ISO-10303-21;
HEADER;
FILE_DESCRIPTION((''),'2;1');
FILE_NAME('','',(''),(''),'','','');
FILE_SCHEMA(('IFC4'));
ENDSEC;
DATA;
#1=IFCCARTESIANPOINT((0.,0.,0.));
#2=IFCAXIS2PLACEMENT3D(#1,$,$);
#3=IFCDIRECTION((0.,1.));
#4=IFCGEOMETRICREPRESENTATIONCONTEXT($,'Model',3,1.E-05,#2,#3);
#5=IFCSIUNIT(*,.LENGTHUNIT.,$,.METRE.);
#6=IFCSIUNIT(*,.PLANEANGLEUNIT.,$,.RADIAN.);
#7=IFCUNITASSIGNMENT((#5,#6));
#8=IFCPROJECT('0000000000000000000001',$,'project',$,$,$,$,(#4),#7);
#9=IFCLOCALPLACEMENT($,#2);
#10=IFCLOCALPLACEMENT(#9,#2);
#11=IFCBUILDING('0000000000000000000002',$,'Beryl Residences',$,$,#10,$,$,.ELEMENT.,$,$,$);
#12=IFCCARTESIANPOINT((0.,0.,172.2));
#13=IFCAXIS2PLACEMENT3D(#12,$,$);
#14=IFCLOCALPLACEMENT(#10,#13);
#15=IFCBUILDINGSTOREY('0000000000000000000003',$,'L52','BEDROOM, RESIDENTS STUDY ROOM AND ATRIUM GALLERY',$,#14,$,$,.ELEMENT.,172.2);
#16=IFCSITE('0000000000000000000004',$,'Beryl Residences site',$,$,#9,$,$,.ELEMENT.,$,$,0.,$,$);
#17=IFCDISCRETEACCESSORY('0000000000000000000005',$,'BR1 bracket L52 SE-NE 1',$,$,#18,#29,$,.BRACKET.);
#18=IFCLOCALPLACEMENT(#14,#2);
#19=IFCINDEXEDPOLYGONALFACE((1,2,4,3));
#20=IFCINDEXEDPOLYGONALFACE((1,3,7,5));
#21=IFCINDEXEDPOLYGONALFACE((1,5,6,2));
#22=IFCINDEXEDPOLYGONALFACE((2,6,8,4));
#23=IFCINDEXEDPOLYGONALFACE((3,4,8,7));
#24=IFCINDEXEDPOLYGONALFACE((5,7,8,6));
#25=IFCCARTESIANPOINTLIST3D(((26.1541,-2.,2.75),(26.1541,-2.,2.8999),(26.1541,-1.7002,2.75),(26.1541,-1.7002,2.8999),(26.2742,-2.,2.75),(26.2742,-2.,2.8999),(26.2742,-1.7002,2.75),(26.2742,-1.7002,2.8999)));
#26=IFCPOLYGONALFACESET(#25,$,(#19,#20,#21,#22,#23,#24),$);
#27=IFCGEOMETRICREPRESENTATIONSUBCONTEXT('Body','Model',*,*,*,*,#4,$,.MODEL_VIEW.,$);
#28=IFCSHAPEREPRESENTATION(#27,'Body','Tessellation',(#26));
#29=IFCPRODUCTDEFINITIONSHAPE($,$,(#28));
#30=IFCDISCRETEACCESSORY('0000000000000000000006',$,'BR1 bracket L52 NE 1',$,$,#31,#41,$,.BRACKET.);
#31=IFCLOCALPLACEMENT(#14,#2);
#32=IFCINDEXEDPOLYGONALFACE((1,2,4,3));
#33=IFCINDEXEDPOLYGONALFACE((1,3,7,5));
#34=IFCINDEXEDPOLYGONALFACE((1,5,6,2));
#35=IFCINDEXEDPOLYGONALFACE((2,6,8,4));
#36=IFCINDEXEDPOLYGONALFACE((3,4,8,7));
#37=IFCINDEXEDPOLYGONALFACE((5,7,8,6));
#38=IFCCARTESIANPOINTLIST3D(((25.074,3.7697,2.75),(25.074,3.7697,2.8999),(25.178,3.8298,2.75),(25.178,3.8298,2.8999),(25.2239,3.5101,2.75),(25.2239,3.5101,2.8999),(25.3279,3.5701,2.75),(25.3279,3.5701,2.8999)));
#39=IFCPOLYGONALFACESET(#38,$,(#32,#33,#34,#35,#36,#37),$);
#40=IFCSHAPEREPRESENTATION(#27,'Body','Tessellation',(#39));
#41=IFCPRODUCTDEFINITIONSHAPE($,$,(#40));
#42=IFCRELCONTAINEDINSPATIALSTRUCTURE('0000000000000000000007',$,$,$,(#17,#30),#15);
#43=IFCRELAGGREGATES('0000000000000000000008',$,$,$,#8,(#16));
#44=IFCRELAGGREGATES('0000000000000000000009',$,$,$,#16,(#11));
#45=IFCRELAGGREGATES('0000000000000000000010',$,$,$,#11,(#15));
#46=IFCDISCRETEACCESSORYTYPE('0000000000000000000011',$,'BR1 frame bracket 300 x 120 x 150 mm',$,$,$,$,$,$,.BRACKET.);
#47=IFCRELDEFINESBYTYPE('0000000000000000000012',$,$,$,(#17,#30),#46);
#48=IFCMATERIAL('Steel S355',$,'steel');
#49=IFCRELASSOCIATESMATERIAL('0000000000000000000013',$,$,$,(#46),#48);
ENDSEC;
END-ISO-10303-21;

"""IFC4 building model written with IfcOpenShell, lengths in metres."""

from ifc_helpers import new_model, si_unit, direction, frame, origin, place, context, subcontext, project, spatial, polyline, outline, extrude, source, transform, mapped, material, type_object, type_shapes, element, save


model = new_model("IFC4")

# Units and contexts
model_context = context("Model", 3, precision=1e-05, world=origin(), true_north=direction((0.0, 1.0)))
body_context = subcontext(model_context, "Body", "Model", "MODEL_VIEW")
ifc_project = project(units=[si_unit("LENGTHUNIT", "METRE"), si_unit("PLANEANGLEUNIT", "RADIAN")], contexts=[model_context])

# Site, building, storey
site_placement = place(None, origin())
site = spatial("IfcSite", under=ifc_project, at=site_placement, Name="Beryl Residences site", CompositionType="ELEMENT", RefElevation=0.0)
building_placement = place(site_placement, origin())
building = spatial("IfcBuilding", under=site, at=building_placement, Name="Beryl Residences", CompositionType="ELEMENT")
storey_placement = place(building_placement, frame((0.0, 0.0, 172.2)))
storey = spatial("IfcBuildingStorey", under=building, at=storey_placement, Name="L52", Description="BEDROOM, RESIDENTS STUDY ROOM AND ATRIUM GALLERY", CompositionType="ELEMENT", Elevation=172.2)

# Discrete accessories
ifc_material_1 = material(Name="Steel S355", Category="steel")
discrete_accessory_type = type_object("IfcDiscreteAccessoryType", Name="BR1 frame bracket 300 x 120 x 150 mm", PredefinedType="BRACKET", material=ifc_material_1)
shared_shape_1 = source(origin(), body_context, "Body", "SweptSolid", [
    extrude(outline(polyline([(-0.1499, 0.0), (0.1499, 0.0), (0.1499, 0.1201), (-0.1499, 0.1201), (-0.1499, 0.0)])), origin(), (0.0, 0.0, 1.0), 0.1499),
])
type_shapes(discrete_accessory_type, [shared_shape_1])
for number, where, z_axis, x_axis, name in (
    (1, (26.1541, -1.8501, 2.75), (0.0, 0.0, 1.0), (0.0, -1.0, 0.0), "BR1 bracket L52 SE-NE 1"),
    (2, (25.1489, 3.6399, 2.75), (0.0, 0.0, 1.0), (0.5, -0.866025, 0.0), "BR1 bracket L52 NE 1"),
):
    element("IfcDiscreteAccessory", number, at=place(storey_placement, frame(where, z_axis=z_axis, x_axis=x_axis)), inside=storey, type_object=discrete_accessory_type, Name=name, PredefinedType="BRACKET", context=body_context, shape_type="MappedRepresentation", body=[
        mapped(shared_shape_1, transform((0.0, 0.0, 0.0))),
    ])

save(model, "model.ifc")
